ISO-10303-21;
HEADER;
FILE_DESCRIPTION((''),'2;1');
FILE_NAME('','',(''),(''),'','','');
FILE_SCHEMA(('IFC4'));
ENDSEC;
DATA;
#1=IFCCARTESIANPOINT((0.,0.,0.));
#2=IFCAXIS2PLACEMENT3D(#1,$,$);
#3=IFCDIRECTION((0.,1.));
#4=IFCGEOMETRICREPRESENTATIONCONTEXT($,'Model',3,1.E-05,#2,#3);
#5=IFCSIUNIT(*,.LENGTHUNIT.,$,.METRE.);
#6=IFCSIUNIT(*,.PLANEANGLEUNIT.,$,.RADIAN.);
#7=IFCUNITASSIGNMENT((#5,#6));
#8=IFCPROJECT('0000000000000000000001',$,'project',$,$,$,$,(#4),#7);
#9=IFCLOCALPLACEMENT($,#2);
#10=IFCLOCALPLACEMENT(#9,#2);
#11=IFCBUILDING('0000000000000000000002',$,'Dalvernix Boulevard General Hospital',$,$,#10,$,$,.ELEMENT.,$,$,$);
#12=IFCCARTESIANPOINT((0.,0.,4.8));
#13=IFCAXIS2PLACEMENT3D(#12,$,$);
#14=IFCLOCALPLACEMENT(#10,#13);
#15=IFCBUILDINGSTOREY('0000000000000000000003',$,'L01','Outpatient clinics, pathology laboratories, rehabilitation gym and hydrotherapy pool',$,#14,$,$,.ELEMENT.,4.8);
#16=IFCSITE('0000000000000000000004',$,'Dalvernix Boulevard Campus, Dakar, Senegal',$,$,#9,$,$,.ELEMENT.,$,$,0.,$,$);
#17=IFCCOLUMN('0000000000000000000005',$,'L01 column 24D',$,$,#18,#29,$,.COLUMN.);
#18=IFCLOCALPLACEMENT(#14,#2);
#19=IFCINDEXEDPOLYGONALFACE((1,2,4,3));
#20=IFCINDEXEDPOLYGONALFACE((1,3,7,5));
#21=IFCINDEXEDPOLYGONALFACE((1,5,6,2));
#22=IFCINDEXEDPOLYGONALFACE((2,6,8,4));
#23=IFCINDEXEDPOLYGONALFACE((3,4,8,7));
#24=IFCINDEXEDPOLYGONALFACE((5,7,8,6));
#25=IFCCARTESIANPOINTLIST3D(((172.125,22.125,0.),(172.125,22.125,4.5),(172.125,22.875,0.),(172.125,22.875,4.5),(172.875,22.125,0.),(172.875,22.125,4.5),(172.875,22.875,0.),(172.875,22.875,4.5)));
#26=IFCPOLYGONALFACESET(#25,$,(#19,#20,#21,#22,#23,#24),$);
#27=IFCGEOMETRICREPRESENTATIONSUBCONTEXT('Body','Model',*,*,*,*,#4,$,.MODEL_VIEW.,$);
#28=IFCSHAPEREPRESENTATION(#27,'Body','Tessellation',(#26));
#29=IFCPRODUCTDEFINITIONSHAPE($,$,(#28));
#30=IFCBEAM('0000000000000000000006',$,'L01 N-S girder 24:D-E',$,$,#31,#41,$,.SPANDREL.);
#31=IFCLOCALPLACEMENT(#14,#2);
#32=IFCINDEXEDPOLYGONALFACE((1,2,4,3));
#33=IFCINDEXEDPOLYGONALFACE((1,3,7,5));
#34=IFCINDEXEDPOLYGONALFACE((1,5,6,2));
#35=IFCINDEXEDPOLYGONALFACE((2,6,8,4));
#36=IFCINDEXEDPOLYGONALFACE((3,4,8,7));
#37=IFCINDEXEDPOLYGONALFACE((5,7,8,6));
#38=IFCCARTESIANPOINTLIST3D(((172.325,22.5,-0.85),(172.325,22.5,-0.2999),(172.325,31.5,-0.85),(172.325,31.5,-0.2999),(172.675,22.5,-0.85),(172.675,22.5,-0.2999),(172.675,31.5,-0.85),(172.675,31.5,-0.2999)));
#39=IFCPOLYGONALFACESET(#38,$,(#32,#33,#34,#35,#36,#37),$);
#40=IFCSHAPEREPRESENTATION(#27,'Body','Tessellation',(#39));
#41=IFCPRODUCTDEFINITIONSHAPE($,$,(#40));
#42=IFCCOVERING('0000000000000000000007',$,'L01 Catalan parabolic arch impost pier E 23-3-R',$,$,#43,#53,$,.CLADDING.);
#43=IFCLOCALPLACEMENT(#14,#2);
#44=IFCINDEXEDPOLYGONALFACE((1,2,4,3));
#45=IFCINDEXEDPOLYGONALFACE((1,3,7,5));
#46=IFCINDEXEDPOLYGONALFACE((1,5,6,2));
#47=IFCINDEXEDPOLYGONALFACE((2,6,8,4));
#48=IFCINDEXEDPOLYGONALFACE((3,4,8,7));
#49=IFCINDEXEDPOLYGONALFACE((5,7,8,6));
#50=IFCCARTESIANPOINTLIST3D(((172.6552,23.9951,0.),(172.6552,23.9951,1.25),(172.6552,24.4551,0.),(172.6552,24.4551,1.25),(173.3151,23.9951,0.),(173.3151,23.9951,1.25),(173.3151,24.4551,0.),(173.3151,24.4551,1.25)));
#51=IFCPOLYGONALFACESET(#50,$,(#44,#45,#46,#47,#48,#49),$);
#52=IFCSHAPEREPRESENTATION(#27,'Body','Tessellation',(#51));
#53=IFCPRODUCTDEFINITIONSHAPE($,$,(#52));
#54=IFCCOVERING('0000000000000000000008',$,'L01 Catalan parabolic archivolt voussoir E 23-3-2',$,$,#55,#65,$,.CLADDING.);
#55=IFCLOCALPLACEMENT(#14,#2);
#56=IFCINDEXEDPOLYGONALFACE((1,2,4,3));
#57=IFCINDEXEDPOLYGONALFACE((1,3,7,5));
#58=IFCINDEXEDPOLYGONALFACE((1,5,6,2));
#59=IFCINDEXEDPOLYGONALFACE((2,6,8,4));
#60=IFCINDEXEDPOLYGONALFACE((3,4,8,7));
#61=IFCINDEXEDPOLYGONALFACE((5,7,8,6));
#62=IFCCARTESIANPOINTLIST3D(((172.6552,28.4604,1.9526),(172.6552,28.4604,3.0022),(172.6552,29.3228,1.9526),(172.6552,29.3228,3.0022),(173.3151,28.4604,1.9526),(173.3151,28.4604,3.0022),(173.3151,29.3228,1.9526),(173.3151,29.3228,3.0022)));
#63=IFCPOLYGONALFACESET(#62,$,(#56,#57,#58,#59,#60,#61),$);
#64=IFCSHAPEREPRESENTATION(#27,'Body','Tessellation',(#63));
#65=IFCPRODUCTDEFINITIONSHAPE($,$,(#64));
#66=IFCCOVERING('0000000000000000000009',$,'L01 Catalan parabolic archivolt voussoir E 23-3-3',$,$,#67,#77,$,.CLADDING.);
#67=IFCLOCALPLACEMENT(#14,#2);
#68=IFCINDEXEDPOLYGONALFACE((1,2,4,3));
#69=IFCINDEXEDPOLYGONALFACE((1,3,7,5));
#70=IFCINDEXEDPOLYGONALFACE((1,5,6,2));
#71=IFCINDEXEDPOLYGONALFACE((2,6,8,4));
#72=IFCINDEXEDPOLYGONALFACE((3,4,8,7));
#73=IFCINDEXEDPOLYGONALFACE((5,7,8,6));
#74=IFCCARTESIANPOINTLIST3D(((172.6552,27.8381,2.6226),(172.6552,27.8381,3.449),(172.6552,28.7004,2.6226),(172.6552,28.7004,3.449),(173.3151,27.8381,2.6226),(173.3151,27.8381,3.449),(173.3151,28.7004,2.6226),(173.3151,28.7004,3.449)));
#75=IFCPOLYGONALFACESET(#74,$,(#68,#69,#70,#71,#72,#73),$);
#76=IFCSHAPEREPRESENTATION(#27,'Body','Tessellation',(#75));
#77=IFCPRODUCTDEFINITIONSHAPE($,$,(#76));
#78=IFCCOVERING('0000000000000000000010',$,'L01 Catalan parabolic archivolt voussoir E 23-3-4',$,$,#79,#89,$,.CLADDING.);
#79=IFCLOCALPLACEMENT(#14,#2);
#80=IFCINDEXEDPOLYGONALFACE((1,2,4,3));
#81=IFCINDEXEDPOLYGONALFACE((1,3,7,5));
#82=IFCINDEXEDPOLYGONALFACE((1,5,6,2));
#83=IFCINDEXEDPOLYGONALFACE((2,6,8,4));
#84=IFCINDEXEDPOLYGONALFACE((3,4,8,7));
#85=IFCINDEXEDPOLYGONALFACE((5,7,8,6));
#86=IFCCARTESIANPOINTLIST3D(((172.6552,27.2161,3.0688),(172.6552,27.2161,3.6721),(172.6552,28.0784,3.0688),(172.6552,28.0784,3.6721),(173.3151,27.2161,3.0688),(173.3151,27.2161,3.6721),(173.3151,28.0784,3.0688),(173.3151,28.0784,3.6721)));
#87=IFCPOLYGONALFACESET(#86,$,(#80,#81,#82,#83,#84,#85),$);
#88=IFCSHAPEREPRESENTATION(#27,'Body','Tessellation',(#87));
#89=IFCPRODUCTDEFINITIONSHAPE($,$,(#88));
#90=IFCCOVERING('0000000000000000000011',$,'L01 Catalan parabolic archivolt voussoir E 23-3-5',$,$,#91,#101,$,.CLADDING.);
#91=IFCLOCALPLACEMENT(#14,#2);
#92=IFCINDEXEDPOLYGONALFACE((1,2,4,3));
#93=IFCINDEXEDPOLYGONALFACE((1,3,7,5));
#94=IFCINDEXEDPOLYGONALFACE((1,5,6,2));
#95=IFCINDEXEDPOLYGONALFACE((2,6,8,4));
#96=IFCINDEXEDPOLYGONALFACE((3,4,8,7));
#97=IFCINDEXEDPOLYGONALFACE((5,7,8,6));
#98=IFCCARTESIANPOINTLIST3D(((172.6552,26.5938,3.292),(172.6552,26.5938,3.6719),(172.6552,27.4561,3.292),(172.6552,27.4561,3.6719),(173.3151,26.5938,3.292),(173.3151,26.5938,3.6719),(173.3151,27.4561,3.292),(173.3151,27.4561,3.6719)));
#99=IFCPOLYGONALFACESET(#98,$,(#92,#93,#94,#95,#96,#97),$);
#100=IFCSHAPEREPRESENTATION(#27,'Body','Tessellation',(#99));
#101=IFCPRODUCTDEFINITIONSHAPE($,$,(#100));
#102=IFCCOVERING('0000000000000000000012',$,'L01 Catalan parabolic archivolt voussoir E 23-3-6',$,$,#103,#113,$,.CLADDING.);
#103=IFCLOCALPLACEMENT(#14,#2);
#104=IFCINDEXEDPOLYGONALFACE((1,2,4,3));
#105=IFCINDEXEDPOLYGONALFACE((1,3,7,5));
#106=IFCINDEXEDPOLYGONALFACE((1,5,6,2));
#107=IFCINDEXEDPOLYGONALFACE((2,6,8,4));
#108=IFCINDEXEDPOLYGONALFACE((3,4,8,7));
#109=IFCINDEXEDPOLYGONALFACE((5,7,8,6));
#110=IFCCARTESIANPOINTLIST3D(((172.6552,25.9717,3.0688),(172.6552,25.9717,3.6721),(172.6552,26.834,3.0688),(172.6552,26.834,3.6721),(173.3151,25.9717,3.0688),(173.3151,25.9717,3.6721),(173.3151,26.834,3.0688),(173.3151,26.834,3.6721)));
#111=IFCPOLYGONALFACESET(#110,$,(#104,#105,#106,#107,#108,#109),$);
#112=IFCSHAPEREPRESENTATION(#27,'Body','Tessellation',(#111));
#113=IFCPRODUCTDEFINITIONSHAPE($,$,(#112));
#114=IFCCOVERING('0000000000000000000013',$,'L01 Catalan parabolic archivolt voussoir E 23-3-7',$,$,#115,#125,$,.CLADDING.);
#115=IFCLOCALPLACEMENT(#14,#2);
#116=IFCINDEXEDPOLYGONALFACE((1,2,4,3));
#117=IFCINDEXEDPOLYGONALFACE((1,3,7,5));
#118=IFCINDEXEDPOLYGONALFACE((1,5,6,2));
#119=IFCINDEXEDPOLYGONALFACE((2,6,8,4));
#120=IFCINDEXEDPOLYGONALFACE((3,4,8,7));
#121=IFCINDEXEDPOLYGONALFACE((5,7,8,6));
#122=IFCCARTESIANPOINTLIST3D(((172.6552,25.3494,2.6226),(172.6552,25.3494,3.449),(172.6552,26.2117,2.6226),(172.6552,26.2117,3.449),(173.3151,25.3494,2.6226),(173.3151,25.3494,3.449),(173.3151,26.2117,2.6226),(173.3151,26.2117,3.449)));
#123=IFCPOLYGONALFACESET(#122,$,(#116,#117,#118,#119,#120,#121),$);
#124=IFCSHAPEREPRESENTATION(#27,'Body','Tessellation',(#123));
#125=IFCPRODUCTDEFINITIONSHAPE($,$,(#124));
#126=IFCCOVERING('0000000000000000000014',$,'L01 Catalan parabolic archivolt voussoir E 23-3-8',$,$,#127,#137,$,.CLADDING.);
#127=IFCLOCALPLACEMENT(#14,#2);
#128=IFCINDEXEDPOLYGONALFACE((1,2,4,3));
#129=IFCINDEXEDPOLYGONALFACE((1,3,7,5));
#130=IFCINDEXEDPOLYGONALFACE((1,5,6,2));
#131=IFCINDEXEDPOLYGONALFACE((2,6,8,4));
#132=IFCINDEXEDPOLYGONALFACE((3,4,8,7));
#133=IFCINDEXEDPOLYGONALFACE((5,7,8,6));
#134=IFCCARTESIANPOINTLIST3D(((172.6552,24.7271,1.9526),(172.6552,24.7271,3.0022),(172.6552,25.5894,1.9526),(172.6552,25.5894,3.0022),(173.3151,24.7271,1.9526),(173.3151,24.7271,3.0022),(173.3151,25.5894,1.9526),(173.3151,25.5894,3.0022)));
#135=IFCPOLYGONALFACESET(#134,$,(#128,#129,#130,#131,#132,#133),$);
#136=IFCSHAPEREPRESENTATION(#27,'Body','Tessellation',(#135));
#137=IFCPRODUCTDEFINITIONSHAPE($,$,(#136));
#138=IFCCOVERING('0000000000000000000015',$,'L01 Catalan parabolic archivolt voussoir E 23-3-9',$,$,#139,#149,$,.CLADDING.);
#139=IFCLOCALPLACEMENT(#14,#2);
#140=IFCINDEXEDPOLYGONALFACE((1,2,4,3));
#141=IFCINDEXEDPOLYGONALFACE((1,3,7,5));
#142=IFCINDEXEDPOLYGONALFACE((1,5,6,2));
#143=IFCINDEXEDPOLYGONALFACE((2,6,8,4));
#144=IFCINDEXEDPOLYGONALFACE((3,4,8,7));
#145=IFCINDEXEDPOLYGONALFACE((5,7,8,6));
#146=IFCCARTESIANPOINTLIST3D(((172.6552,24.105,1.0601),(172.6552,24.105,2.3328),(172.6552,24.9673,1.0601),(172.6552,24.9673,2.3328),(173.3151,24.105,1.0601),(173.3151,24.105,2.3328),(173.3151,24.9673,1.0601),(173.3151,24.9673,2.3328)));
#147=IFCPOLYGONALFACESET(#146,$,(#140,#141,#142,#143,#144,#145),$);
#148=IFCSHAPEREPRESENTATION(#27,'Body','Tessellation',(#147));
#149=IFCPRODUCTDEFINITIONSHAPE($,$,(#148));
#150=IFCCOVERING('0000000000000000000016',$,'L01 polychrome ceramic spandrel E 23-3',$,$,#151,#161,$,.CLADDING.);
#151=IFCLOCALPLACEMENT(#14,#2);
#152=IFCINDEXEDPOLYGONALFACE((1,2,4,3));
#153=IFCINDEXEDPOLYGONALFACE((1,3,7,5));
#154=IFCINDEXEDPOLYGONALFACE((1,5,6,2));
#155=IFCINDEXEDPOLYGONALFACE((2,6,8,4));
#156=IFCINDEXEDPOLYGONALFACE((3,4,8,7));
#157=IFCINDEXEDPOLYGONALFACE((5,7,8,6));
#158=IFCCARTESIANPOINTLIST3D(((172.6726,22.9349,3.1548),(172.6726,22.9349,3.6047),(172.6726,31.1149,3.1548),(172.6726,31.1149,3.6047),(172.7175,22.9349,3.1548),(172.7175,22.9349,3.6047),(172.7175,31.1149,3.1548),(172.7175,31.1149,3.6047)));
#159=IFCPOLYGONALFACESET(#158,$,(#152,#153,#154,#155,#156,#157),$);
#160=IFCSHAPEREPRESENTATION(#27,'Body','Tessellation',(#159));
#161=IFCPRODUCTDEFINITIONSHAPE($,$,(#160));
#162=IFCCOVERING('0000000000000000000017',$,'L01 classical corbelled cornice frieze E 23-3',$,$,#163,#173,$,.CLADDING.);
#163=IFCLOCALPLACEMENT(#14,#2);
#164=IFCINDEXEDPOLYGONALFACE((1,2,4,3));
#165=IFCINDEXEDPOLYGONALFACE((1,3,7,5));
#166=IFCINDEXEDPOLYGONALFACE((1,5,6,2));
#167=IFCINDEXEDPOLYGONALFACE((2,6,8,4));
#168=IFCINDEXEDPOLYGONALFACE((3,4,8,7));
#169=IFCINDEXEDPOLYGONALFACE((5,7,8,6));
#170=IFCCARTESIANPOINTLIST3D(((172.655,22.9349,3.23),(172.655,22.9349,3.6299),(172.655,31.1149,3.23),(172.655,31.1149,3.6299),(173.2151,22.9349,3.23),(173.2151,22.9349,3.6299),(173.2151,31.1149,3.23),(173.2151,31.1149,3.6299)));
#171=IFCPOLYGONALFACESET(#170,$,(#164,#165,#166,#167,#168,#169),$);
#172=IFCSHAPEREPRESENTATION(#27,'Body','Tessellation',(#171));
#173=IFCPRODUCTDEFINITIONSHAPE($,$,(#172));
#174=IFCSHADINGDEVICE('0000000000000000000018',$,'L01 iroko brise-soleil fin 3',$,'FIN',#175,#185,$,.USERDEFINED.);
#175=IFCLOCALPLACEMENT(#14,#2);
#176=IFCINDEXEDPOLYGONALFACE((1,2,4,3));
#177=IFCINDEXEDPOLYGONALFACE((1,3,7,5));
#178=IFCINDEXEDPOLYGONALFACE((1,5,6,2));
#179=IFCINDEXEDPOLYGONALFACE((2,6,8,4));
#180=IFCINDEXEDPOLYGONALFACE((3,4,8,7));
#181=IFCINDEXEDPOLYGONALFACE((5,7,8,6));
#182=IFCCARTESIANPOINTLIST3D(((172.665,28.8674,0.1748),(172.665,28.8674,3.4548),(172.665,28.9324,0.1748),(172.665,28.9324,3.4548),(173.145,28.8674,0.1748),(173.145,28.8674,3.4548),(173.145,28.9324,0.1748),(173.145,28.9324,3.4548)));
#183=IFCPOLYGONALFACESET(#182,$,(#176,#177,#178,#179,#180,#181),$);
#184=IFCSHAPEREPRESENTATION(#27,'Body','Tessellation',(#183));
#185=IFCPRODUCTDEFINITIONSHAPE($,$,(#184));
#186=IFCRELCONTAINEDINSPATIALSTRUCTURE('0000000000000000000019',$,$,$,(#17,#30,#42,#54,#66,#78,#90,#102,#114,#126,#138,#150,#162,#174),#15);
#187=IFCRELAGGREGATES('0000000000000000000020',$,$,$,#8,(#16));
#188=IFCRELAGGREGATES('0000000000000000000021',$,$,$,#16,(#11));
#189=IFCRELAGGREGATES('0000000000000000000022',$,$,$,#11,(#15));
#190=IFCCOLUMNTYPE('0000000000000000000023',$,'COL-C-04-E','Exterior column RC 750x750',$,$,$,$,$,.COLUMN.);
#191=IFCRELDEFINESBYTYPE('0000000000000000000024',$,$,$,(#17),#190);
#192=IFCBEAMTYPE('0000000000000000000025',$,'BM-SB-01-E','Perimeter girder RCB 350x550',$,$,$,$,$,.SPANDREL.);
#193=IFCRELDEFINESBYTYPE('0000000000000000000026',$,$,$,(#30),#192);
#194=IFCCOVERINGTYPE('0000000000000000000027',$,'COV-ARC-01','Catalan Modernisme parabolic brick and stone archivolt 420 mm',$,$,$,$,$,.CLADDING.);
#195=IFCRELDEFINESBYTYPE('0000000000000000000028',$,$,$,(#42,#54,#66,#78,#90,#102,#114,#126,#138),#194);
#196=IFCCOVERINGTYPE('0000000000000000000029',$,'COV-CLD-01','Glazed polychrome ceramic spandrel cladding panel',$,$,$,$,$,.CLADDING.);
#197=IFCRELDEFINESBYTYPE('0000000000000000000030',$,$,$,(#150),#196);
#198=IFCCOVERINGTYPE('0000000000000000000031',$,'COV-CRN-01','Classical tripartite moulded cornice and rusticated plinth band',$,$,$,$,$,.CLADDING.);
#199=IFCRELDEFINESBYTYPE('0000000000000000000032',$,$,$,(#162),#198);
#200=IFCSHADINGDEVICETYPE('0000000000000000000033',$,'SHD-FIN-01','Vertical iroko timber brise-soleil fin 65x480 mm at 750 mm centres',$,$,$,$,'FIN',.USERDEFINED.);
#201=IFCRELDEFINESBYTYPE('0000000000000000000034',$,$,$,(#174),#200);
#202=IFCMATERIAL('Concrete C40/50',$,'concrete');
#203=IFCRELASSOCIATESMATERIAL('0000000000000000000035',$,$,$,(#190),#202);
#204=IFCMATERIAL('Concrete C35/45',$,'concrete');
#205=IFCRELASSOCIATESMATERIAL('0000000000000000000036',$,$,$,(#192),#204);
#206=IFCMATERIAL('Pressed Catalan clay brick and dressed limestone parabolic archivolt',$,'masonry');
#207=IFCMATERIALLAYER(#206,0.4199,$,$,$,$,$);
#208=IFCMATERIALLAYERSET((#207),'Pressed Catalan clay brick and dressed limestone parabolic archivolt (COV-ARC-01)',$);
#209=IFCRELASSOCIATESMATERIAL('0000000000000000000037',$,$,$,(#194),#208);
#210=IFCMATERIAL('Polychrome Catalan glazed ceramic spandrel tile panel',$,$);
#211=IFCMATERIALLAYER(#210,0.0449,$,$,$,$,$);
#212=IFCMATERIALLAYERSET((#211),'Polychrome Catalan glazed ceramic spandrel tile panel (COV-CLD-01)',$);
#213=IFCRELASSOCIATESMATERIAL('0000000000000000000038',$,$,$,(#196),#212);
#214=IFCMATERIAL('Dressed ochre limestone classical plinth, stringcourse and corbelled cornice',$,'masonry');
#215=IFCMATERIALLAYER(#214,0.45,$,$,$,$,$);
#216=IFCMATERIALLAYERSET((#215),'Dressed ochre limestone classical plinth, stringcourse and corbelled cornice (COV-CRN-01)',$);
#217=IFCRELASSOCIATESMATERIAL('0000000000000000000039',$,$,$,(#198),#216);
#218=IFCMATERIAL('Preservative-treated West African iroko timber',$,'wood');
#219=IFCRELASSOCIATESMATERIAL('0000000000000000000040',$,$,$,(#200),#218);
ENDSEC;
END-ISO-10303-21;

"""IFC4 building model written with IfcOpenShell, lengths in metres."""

from ifc_helpers import new_model, si_unit, direction, frame, origin, origin_2d, place, context, subcontext, project, spatial, rectangle, extrude, material, layer, layer_set, material_profile, profile_set, type_object, element, save


model = new_model("IFC4")

# Units and contexts
model_context = context("Model", 3, precision=1e-05, world=origin(), true_north=direction((0.0, 1.0)))
body_context = subcontext(model_context, "Body", "Model", "MODEL_VIEW")
ifc_project = project(units=[si_unit("LENGTHUNIT", "METRE"), si_unit("PLANEANGLEUNIT", "RADIAN")], contexts=[model_context])

# Site, building, storey
site_placement = place(None, origin())
site = spatial("IfcSite", under=ifc_project, at=site_placement, Name="Dalvernix Boulevard Campus, Dakar, Senegal", CompositionType="ELEMENT", RefElevation=0.0)
building_placement = place(site_placement, origin())
building = spatial("IfcBuilding", under=site, at=building_placement, Name="Dalvernix Boulevard General Hospital", CompositionType="ELEMENT")
storey_placement = place(building_placement, frame((0.0, 0.0, 4.8)))
storey = spatial("IfcBuildingStorey", under=building, at=storey_placement, Name="L01", Description="Outpatient clinics, pathology laboratories, rehabilitation gym and hydrotherapy pool", CompositionType="ELEMENT", Elevation=4.8)

# Column
ifc_material_1 = material(Name="Concrete C40/50", Category="concrete")
ifc_material_profile_1 = material_profile(ifc_material_1, rectangle(XDim=0.75, YDim=0.75, at=origin_2d()), Name="RC 750x750")
ifc_profile_set_1 = profile_set([ifc_material_profile_1], Name="Concrete C40/50")
column_type = type_object("IfcColumnType", Name="COL-C-04-E", Description="Exterior column RC 750x750", PredefinedType="COLUMN", material=ifc_profile_set_1)
column_placement = place(storey_placement, frame((172.5, 22.5, 0.0), z_axis=(0.0, 0.0, 1.0), x_axis=(1.0, 0.0, 0.0)))
element("IfcColumn", 1, at=column_placement, inside=storey, type_object=column_type, Name="L01 column 24D", PredefinedType="COLUMN", context=body_context, shape_type="SweptSolid", body=[
    extrude(rectangle(XDim=0.75, YDim=0.75, at=origin_2d()), origin(), (0.0, 0.0, 1.0), 4.5),
])

# Beam
ifc_material_2 = material(Name="Concrete C35/45", Category="concrete")
ifc_material_profile_2 = material_profile(ifc_material_2, rectangle(XDim=0.3501, YDim=0.55, at=origin_2d()), Name="RCB 350x550")
ifc_profile_set_2 = profile_set([ifc_material_profile_2], Name="Concrete C35/45")
beam_type = type_object("IfcBeamType", Name="BM-SB-01-E", Description="Perimeter girder RCB 350x550", PredefinedType="SPANDREL", material=ifc_profile_set_2)
beam_placement = place(storey_placement, frame((172.5, 22.5, -0.575), z_axis=(0.0, 1.0, 0.0), x_axis=(-1.0, 0.0, 0.0)))
element("IfcBeam", 2, at=beam_placement, inside=storey, type_object=beam_type, Name="L01 N-S girder 24:D-E", PredefinedType="SPANDREL", context=body_context, shape_type="SweptSolid", body=[
    extrude(rectangle(XDim=0.3501, YDim=0.55, at=origin_2d()), origin(), (0.0, 0.0, 1.0), 9.0),
])

# Coverings
ifc_material_3 = material(Name="Pressed Catalan clay brick and dressed limestone parabolic archivolt", Category="masonry")
ifc_layer_1 = layer(ifc_material_3, 0.4199)
ifc_layer_set_1 = layer_set([ifc_layer_1], Name="Pressed Catalan clay brick and dressed limestone parabolic archivolt (COV-ARC-01)")
covering_type_1 = type_object("IfcCoveringType", Name="COV-ARC-01", Description="Catalan Modernisme parabolic brick and stone archivolt 420 mm", PredefinedType="CLADDING", material=ifc_layer_set_1)
covering_1_placement = place(storey_placement, frame((172.9851, 24.2251, 0.0), z_axis=(0.0, 0.0, 1.0), x_axis=(0.0, -1.0, 0.0)))
element("IfcCovering", 3, at=covering_1_placement, inside=storey, type_object=covering_type_1, Name="L01 Catalan parabolic arch impost pier E 23-3-R", PredefinedType="CLADDING", context=body_context, shape_type="SweptSolid", body=[
    extrude(rectangle(XDim=0.46, YDim=0.6599, at=origin_2d()), origin(), (0.0, 0.0, 1.0), 1.25),
])
covering_2_placement = place(storey_placement, frame((172.9851, 28.8916, 1.9526), z_axis=(0.0, 0.0, 1.0), x_axis=(0.0, -1.0, 0.0)))
element("IfcCovering", 4, at=covering_2_placement, inside=storey, type_object=covering_type_1, Name="L01 Catalan parabolic archivolt voussoir E 23-3-2", PredefinedType="CLADDING", context=body_context, shape_type="SweptSolid", body=[
    extrude(rectangle(XDim=0.8623, YDim=0.6599, at=origin_2d()), origin(), (0.0, 0.0, 1.0), 1.0496),
])
covering_3_placement = place(storey_placement, frame((172.9851, 28.2693, 2.6226), z_axis=(0.0, 0.0, 1.0), x_axis=(0.0, -1.0, 0.0)))
element("IfcCovering", 5, at=covering_3_placement, inside=storey, type_object=covering_type_1, Name="L01 Catalan parabolic archivolt voussoir E 23-3-3", PredefinedType="CLADDING", context=body_context, shape_type="SweptSolid", body=[
    extrude(rectangle(XDim=0.8623, YDim=0.6599, at=origin_2d()), origin(), (0.0, 0.0, 1.0), 0.8264),
])
covering_4_placement = place(storey_placement, frame((172.9851, 27.6472, 3.0688), z_axis=(0.0, 0.0, 1.0), x_axis=(0.0, -1.0, 0.0)))
element("IfcCovering", 6, at=covering_4_placement, inside=storey, type_object=covering_type_1, Name="L01 Catalan parabolic archivolt voussoir E 23-3-4", PredefinedType="CLADDING", context=body_context, shape_type="SweptSolid", body=[
    extrude(rectangle(XDim=0.8623, YDim=0.6599, at=origin_2d()), origin(), (0.0, 0.0, 1.0), 0.6033),
])
covering_5_placement = place(storey_placement, frame((172.9851, 27.0249, 3.292), z_axis=(0.0, 0.0, 1.0), x_axis=(0.0, -1.0, 0.0)))
element("IfcCovering", 7, at=covering_5_placement, inside=storey, type_object=covering_type_1, Name="L01 Catalan parabolic archivolt voussoir E 23-3-5", PredefinedType="CLADDING", context=body_context, shape_type="SweptSolid", body=[
    extrude(rectangle(XDim=0.8623, YDim=0.6599, at=origin_2d()), origin(), (0.0, 0.0, 1.0), 0.3799),
])
covering_6_placement = place(storey_placement, frame((172.9851, 26.4028, 3.0688), z_axis=(0.0, 0.0, 1.0), x_axis=(0.0, -1.0, 0.0)))
element("IfcCovering", 8, at=covering_6_placement, inside=storey, type_object=covering_type_1, Name="L01 Catalan parabolic archivolt voussoir E 23-3-6", PredefinedType="CLADDING", context=body_context, shape_type="SweptSolid", body=[
    extrude(rectangle(XDim=0.8623, YDim=0.6599, at=origin_2d()), origin(), (0.0, 0.0, 1.0), 0.6033),
])
covering_7_placement = place(storey_placement, frame((172.9851, 25.7805, 2.6226), z_axis=(0.0, 0.0, 1.0), x_axis=(0.0, -1.0, 0.0)))
element("IfcCovering", 9, at=covering_7_placement, inside=storey, type_object=covering_type_1, Name="L01 Catalan parabolic archivolt voussoir E 23-3-7", PredefinedType="CLADDING", context=body_context, shape_type="SweptSolid", body=[
    extrude(rectangle(XDim=0.8623, YDim=0.6599, at=origin_2d()), origin(), (0.0, 0.0, 1.0), 0.8264),
])
covering_8_placement = place(storey_placement, frame((172.9851, 25.1582, 1.9526), z_axis=(0.0, 0.0, 1.0), x_axis=(0.0, -1.0, 0.0)))
element("IfcCovering", 10, at=covering_8_placement, inside=storey, type_object=covering_type_1, Name="L01 Catalan parabolic archivolt voussoir E 23-3-8", PredefinedType="CLADDING", context=body_context, shape_type="SweptSolid", body=[
    extrude(rectangle(XDim=0.8623, YDim=0.6599, at=origin_2d()), origin(), (0.0, 0.0, 1.0), 1.0496),
])
covering_9_placement = place(storey_placement, frame((172.9851, 24.5361, 1.0601), z_axis=(0.0, 0.0, 1.0), x_axis=(0.0, -1.0, 0.0)))
element("IfcCovering", 11, at=covering_9_placement, inside=storey, type_object=covering_type_1, Name="L01 Catalan parabolic archivolt voussoir E 23-3-9", PredefinedType="CLADDING", context=body_context, shape_type="SweptSolid", body=[
    extrude(rectangle(XDim=0.8623, YDim=0.6599, at=origin_2d()), origin(), (0.0, 0.0, 1.0), 1.2727),
])
ifc_material_4 = material(Name="Polychrome Catalan glazed ceramic spandrel tile panel")
ifc_layer_2 = layer(ifc_material_4, 0.0449)
ifc_layer_set_2 = layer_set([ifc_layer_2], Name="Polychrome Catalan glazed ceramic spandrel tile panel (COV-CLD-01)")
covering_type_2 = type_object("IfcCoveringType", Name="COV-CLD-01", Description="Glazed polychrome ceramic spandrel cladding panel", PredefinedType="CLADDING", material=ifc_layer_set_2)
covering_10_placement = place(storey_placement, frame((172.6951, 27.0249, 3.1548), z_axis=(0.0, 0.0, 1.0), x_axis=(0.0, -1.0, 0.0)))
element("IfcCovering", 12, at=covering_10_placement, inside=storey, type_object=covering_type_2, Name="L01 polychrome ceramic spandrel E 23-3", PredefinedType="CLADDING", context=body_context, shape_type="SweptSolid", body=[
    extrude(rectangle(XDim=8.1799, YDim=0.0449, at=origin_2d()), origin(), (0.0, 0.0, 1.0), 0.45),
])
ifc_material_5 = material(Name="Dressed ochre limestone classical plinth, stringcourse and corbelled cornice", Category="masonry")
ifc_layer_3 = layer(ifc_material_5, 0.45)
ifc_layer_set_3 = layer_set([ifc_layer_3], Name="Dressed ochre limestone classical plinth, stringcourse and corbelled cornice (COV-CRN-01)")
covering_type_3 = type_object("IfcCoveringType", Name="COV-CRN-01", Description="Classical tripartite moulded cornice and rusticated plinth band", PredefinedType="CLADDING", material=ifc_layer_set_3)
covering_11_placement = place(storey_placement, frame((172.9351, 27.0249, 3.23), z_axis=(0.0, 0.0, 1.0), x_axis=(0.0, -1.0, 0.0)))
element("IfcCovering", 13, at=covering_11_placement, inside=storey, type_object=covering_type_3, Name="L01 classical corbelled cornice frieze E 23-3", PredefinedType="CLADDING", context=body_context, shape_type="SweptSolid", body=[
    extrude(rectangle(XDim=8.1799, YDim=0.5601, at=origin_2d()), origin(), (0.0, 0.0, 1.0), 0.3999),
])

# Shading device
ifc_material_6 = material(Name="Preservative-treated West African iroko timber", Category="wood")
shading_device_type = type_object("IfcShadingDeviceType", Name="SHD-FIN-01", Description="Vertical iroko timber brise-soleil fin 65x480 mm at 750 mm centres", ElementType="FIN", PredefinedType="USERDEFINED", material=ifc_material_6)
for number, where, z_axis, x_axis, name in (
    (14, (172.905, 28.8999, 0.1748), (0.0, 0.0, 1.0), (0.0, -1.0, 0.0), "L01 iroko brise-soleil fin 3"),
):
    element("IfcShadingDevice", number, at=place(storey_placement, frame(where, z_axis=z_axis, x_axis=x_axis)), inside=storey, type_object=shading_device_type, Name=name, ObjectType="FIN", PredefinedType="USERDEFINED", context=body_context, shape_type="SweptSolid", body=[
        extrude(rectangle(XDim=0.0649, YDim=0.48, at=origin_2d()), origin(), (0.0, 0.0, 1.0), 3.28),
    ])

save(model, "model.ifc")
